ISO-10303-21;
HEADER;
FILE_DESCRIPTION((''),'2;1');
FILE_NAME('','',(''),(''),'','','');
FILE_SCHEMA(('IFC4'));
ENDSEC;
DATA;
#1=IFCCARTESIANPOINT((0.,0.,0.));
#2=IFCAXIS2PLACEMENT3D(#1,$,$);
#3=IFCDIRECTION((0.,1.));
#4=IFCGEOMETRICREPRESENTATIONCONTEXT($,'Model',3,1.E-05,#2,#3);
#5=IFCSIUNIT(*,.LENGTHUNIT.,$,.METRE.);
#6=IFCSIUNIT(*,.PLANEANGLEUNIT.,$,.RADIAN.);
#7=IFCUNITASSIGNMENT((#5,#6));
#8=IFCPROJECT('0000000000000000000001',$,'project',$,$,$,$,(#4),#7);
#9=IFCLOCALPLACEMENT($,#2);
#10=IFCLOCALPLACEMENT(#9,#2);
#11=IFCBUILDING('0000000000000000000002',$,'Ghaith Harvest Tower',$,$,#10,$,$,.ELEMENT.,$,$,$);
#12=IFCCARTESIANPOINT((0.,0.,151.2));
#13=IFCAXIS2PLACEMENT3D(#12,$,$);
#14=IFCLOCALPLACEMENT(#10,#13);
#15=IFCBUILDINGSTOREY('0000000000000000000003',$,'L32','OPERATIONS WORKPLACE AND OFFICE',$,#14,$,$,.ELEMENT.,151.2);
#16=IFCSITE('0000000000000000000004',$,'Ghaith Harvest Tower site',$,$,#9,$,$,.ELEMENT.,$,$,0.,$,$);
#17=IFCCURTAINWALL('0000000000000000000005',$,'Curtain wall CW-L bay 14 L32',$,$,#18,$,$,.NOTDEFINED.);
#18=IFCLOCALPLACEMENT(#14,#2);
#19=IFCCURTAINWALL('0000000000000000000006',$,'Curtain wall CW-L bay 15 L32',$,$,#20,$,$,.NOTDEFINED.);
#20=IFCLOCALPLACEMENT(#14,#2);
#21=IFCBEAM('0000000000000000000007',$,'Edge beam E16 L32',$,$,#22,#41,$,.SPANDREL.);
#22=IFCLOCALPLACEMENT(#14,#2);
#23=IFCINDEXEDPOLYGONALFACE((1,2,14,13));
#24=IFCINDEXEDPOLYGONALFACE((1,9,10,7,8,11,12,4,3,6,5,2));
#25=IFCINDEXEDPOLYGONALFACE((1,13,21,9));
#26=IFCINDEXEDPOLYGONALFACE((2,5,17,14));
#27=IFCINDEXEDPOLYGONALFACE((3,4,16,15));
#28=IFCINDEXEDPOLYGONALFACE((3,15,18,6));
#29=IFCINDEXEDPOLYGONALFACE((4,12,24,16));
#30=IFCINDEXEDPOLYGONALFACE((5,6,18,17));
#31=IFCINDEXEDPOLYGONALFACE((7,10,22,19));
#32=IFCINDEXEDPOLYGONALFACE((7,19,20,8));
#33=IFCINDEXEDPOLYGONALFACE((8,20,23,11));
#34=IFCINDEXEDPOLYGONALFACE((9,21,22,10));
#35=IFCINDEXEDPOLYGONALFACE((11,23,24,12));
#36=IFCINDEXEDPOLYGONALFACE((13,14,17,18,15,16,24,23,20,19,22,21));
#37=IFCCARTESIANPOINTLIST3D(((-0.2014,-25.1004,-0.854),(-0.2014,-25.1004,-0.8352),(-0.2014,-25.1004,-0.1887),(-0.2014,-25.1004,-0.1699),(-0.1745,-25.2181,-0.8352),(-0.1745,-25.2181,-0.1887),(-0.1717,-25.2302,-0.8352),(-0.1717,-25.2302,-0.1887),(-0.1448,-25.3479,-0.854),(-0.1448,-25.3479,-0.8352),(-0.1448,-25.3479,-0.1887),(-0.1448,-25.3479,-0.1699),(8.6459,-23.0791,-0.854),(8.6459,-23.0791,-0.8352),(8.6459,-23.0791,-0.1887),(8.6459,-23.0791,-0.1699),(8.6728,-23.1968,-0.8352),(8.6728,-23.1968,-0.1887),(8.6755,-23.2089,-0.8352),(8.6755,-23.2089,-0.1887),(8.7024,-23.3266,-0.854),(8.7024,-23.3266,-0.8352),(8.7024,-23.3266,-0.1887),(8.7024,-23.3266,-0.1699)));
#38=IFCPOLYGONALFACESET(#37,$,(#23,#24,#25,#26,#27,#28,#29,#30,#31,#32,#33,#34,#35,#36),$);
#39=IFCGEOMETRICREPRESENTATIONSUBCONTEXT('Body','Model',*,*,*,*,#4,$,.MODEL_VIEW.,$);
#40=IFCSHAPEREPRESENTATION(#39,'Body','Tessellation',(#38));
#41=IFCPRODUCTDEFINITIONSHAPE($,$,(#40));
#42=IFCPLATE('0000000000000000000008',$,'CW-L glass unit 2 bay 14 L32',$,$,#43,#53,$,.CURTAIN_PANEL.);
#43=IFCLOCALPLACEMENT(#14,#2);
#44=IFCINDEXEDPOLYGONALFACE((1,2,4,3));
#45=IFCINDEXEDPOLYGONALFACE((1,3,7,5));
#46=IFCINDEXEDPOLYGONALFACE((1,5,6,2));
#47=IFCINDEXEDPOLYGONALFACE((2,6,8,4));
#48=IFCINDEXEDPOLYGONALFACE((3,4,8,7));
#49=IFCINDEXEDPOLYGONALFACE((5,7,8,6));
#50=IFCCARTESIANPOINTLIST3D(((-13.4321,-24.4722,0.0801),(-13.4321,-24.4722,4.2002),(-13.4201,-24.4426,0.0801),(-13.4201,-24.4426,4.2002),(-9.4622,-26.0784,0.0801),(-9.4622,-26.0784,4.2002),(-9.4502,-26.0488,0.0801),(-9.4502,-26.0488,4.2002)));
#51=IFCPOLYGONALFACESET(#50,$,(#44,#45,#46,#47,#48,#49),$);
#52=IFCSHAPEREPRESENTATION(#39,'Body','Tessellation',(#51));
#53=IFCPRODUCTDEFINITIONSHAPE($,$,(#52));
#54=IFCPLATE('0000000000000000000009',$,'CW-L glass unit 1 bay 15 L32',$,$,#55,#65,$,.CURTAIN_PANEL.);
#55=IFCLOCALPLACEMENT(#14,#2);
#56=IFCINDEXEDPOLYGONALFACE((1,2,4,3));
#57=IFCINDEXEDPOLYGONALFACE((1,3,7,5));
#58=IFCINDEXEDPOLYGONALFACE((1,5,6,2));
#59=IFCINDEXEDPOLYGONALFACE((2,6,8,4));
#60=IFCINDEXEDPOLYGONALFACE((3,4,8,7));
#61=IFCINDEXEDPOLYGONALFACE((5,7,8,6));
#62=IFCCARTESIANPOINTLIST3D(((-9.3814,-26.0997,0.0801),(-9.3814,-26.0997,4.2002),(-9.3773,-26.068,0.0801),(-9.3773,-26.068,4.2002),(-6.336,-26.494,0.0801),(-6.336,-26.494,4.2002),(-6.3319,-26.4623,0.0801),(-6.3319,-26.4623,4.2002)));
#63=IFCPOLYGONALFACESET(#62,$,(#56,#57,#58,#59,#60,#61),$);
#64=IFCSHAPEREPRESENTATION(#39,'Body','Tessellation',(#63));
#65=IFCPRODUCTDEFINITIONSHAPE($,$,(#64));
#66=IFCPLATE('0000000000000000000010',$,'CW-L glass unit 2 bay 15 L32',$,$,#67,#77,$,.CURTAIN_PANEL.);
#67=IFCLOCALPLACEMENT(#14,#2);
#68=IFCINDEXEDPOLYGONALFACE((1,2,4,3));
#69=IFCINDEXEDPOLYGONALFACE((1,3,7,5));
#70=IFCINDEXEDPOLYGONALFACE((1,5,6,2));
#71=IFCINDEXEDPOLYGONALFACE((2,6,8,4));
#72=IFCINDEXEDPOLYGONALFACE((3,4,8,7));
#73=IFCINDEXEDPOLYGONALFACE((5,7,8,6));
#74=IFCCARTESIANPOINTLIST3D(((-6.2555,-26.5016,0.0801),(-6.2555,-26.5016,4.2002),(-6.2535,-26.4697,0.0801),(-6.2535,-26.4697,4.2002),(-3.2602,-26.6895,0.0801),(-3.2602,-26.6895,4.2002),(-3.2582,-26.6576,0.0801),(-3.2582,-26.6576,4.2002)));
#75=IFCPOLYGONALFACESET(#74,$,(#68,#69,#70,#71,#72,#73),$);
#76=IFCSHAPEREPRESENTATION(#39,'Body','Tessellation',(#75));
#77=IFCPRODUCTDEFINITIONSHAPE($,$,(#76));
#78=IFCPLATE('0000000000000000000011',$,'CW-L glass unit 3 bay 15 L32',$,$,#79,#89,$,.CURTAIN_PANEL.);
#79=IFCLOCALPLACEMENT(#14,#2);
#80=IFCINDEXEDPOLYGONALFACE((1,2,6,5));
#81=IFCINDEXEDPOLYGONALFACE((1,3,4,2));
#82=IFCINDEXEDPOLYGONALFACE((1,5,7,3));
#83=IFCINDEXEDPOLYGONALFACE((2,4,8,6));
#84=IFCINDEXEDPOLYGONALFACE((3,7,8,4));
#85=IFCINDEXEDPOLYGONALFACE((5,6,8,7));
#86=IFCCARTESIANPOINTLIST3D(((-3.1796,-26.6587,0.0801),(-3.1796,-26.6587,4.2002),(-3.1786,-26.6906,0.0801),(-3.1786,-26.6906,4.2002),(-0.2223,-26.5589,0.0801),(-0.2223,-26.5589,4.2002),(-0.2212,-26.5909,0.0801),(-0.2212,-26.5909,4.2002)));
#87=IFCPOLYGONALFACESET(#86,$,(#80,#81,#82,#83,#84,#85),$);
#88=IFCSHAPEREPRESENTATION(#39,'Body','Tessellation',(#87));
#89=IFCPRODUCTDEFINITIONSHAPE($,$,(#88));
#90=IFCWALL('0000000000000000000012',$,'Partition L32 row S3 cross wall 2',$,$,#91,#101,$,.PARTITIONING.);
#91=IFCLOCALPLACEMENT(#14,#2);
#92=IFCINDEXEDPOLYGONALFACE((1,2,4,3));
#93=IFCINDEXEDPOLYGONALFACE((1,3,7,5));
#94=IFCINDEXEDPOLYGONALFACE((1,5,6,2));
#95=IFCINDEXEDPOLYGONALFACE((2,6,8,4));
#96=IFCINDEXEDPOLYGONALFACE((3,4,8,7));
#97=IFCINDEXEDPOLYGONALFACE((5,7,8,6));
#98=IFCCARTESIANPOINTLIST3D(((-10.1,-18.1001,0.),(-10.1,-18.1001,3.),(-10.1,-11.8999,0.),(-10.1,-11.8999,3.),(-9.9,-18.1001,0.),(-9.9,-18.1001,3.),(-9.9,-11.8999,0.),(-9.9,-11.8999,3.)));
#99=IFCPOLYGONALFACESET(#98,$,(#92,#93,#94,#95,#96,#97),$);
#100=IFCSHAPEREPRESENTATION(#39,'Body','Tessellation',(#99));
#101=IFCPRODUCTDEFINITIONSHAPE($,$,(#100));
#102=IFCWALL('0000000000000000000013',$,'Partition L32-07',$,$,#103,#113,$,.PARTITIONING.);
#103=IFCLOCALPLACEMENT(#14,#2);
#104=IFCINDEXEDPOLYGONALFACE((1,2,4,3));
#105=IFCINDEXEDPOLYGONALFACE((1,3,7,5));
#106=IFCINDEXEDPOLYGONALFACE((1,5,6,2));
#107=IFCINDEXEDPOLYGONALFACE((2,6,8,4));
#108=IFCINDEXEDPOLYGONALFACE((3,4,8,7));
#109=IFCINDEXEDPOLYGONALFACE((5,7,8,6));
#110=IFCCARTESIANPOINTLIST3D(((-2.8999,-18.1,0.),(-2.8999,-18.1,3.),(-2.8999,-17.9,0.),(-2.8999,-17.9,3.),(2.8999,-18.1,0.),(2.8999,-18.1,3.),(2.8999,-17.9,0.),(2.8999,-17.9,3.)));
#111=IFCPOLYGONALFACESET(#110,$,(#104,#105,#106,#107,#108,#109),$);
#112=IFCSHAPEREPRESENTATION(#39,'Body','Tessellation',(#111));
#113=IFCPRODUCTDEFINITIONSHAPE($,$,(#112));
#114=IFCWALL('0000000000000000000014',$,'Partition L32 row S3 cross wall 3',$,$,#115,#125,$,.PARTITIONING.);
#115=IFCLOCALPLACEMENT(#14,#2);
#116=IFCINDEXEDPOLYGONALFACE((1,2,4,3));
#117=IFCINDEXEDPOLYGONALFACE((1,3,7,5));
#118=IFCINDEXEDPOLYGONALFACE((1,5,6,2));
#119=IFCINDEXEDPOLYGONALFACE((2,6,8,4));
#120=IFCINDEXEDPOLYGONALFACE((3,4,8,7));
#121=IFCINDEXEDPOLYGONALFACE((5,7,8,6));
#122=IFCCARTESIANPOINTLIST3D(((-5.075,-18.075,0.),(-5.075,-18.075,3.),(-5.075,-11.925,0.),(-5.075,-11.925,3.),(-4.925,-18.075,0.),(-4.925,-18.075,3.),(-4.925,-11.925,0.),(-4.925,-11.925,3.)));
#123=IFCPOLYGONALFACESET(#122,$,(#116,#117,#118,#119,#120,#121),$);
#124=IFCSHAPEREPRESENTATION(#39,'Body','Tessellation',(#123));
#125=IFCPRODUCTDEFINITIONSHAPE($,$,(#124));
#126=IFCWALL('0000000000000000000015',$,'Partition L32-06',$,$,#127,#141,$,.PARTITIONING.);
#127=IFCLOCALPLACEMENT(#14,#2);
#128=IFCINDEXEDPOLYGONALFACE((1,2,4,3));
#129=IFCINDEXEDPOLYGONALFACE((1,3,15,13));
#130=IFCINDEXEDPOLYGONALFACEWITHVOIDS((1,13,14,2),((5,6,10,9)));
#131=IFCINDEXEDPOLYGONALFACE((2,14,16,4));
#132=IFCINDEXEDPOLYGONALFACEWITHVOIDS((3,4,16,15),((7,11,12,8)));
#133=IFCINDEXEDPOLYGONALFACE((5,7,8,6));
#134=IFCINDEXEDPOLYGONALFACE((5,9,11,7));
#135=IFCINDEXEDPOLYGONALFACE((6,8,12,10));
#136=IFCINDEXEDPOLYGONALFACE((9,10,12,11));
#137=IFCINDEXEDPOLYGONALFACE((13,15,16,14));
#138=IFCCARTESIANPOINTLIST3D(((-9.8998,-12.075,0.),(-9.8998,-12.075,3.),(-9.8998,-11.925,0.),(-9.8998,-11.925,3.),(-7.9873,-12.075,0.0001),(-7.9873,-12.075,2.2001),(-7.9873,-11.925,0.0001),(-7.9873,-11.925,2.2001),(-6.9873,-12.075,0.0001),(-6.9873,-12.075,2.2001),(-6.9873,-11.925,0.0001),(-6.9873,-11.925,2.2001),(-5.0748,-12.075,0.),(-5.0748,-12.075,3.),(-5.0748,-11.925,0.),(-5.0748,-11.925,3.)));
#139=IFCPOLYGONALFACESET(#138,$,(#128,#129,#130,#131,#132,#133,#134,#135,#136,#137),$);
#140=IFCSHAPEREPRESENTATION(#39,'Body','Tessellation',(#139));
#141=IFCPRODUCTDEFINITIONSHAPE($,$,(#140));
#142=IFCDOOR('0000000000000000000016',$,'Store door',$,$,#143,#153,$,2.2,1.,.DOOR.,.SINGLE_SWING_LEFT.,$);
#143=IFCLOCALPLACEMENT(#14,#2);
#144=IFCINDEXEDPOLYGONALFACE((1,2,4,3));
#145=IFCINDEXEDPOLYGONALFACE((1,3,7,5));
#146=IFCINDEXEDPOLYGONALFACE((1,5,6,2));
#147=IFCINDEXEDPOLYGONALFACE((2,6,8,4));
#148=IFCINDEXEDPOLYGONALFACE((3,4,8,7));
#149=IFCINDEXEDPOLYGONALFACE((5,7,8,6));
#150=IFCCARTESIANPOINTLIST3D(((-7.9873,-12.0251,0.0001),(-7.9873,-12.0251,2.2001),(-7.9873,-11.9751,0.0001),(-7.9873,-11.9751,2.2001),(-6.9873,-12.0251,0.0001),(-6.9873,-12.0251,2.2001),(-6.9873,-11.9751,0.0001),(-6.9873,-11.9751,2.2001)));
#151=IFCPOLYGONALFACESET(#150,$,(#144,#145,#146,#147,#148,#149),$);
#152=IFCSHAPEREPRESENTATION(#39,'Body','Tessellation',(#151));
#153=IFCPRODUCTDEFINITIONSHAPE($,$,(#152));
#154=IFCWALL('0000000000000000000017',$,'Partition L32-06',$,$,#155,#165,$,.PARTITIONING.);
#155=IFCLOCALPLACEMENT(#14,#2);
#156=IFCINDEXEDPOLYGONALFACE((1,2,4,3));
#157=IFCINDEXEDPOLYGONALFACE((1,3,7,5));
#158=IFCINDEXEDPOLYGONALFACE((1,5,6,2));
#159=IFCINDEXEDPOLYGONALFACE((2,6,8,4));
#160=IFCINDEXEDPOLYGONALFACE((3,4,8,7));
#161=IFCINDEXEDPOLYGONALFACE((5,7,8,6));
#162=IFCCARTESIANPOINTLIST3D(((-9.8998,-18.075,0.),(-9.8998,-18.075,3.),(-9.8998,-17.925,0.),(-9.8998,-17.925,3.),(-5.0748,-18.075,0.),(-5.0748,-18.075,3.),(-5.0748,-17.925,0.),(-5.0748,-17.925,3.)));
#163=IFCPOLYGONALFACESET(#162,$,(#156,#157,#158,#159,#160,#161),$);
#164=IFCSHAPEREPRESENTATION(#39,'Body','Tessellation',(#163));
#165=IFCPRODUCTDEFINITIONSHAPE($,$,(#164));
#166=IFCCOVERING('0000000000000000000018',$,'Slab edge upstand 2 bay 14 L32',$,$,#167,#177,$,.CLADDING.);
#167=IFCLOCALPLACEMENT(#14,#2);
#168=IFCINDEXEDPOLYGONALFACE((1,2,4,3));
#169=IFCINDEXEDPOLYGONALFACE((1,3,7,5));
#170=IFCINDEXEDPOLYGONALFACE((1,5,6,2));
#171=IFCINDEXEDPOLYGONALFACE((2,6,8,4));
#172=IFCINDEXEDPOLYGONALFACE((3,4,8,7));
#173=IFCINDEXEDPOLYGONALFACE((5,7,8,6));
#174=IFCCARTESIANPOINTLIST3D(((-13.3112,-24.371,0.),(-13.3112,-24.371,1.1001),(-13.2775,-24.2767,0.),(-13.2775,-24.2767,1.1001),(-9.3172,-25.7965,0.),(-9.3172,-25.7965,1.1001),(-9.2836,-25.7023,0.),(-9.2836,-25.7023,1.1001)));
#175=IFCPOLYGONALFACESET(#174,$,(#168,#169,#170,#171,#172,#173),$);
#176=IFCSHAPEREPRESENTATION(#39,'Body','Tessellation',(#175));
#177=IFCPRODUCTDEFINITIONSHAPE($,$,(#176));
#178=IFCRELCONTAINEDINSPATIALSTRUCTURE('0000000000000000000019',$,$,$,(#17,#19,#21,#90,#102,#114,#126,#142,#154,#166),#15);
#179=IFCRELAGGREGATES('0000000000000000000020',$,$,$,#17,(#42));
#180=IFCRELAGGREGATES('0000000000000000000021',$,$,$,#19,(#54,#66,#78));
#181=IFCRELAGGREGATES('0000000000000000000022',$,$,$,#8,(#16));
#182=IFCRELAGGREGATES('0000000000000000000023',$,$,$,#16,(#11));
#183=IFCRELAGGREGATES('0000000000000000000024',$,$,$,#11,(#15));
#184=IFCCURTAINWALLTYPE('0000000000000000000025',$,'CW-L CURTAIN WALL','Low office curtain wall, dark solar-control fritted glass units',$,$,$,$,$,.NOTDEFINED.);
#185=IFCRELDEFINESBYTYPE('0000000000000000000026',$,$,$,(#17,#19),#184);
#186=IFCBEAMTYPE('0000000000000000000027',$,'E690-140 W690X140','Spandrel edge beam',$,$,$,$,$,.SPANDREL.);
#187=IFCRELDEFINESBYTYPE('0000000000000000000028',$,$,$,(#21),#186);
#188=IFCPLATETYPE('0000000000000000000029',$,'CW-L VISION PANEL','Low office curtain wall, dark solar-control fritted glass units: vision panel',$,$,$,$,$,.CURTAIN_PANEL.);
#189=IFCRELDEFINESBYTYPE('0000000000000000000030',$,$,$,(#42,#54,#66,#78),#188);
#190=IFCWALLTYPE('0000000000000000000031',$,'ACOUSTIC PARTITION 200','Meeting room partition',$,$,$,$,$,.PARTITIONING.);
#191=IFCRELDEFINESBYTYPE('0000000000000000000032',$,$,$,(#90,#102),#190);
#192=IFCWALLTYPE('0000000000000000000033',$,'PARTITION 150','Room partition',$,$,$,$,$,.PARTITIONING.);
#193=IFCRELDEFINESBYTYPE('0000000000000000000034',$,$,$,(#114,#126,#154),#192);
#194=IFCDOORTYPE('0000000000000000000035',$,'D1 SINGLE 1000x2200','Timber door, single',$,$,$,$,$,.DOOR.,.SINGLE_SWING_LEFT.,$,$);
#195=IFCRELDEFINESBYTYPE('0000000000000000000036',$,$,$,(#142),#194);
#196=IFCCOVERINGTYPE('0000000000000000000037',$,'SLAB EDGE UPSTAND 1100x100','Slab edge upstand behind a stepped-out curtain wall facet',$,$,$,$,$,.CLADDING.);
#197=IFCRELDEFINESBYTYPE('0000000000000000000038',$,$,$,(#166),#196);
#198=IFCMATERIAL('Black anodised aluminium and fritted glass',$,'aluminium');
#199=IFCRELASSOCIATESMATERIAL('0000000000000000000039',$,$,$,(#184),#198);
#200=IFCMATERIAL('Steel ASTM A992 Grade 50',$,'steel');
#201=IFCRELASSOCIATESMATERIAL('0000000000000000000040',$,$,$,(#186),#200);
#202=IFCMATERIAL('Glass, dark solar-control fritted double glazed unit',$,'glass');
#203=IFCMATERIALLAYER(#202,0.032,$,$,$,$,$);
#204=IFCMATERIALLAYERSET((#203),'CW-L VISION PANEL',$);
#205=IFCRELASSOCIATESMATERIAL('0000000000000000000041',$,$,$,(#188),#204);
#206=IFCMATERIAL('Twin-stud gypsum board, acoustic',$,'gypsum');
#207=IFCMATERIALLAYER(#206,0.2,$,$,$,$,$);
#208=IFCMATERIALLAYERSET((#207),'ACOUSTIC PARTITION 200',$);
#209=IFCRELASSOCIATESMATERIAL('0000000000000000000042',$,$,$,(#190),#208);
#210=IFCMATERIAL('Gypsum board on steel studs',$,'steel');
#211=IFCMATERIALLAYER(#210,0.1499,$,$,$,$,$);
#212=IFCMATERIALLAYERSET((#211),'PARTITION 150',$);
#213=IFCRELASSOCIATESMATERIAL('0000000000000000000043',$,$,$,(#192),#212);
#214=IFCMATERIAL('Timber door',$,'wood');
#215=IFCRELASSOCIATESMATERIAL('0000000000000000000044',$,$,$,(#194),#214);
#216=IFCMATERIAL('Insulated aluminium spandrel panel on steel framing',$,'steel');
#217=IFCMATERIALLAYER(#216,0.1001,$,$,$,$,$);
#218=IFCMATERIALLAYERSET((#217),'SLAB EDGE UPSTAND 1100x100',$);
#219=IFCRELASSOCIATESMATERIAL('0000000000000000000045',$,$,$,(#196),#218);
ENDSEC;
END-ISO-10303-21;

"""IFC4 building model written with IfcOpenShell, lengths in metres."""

from ifc_helpers import new_model, si_unit, direction, frame, frame_2d, origin, origin_2d, place, context, subcontext, project, spatial, rectangle, i_section, extrude, material, layer, layer_set, material_profile, profile_set, type_object, element, fill, aggregate, save


model = new_model("IFC4")

# Units and contexts
model_context = context("Model", 3, precision=1e-05, world=origin(), true_north=direction((0.0, 1.0)))
body_context = subcontext(model_context, "Body", "Model", "MODEL_VIEW")
ifc_project = project(units=[si_unit("LENGTHUNIT", "METRE"), si_unit("PLANEANGLEUNIT", "RADIAN")], contexts=[model_context])

# Site, building, storey
site_placement = place(None, origin())
site = spatial("IfcSite", under=ifc_project, at=site_placement, Name="Ghaith Harvest Tower site", CompositionType="ELEMENT", RefElevation=0.0)
building_placement = place(site_placement, origin())
building = spatial("IfcBuilding", under=site, at=building_placement, Name="Ghaith Harvest Tower", CompositionType="ELEMENT")
storey_placement = place(building_placement, frame((0.0, 0.0, 151.2)))
storey = spatial("IfcBuildingStorey", under=building, at=storey_placement, Name="L32", Description="OPERATIONS WORKPLACE AND OFFICE", CompositionType="ELEMENT", Elevation=151.2)

# Curtain wall
ifc_material_1 = material(Name="Black anodised aluminium and fritted glass", Category="aluminium")
curtain_wall_type = type_object("IfcCurtainWallType", Name="CW-L CURTAIN WALL", Description="Low office curtain wall, dark solar-control fritted glass units", PredefinedType="NOTDEFINED", material=ifc_material_1)
curtain_wall_1_placement = place(storey_placement, origin())
curtain_wall_1 = element("IfcCurtainWall", 1, at=curtain_wall_1_placement, inside=storey, type_object=curtain_wall_type, Name="Curtain wall CW-L bay 14 L32", PredefinedType="NOTDEFINED")

# Curtain wall
curtain_wall_2_placement = place(storey_placement, origin())
curtain_wall_2 = element("IfcCurtainWall", 2, at=curtain_wall_2_placement, inside=storey, type_object=curtain_wall_type, Name="Curtain wall CW-L bay 15 L32", PredefinedType="NOTDEFINED")

# Beam
ifc_material_2 = material(Name="Steel ASTM A992 Grade 50", Category="steel")
ifc_material_profile_1 = material_profile(ifc_material_2, i_section(OverallWidth=0.2539, OverallDepth=0.6841, WebThickness=0.0125, FlangeThickness=0.0188, at=origin_2d()), Name="W690X140")
ifc_profile_set_1 = profile_set([ifc_material_profile_1], Name="Steel ASTM A992 Grade 50")
beam_type = type_object("IfcBeamType", Name="E690-140 W690X140", Description="Spandrel edge beam", PredefinedType="SPANDREL", material=ifc_profile_set_1)
beam_1_placement = place(storey_placement, frame((-0.1731, -25.2241, -0.512), z_axis=(0.974882, 0.222723, 0.0), x_axis=(-0.222723, 0.974882, 0.0)))
element("IfcBeam", 3, at=beam_1_placement, inside=storey, type_object=beam_type, Name="Edge beam E16 L32", PredefinedType="SPANDREL", context=body_context, shape_type="SweptSolid", body=[
    extrude(i_section(OverallWidth=0.2539, OverallDepth=0.6841, WebThickness=0.0125, FlangeThickness=0.0188, at=origin_2d()), origin(), (0.0, 0.0, 1.0), 9.0752),
])

# Plates
ifc_material_3 = material(Name="Glass, dark solar-control fritted double glazed unit", Category="glass")
ifc_layer_1 = layer(ifc_material_3, 0.032)
ifc_layer_set_1 = layer_set([ifc_layer_1], Name="CW-L VISION PANEL")
plate_type = type_object("IfcPlateType", Name="CW-L VISION PANEL", Description="Low office curtain wall, dark solar-control fritted glass units: vision panel", PredefinedType="CURTAIN_PANEL", material=ifc_layer_set_1)
plate_1_placement = place(storey_placement, frame((-11.4412, -25.2605, 0.0801), z_axis=(0.0, 0.0, 1.0), x_axis=(0.927003, -0.375055, 0.0)))
plate_1 = element("IfcPlate", 4, at=plate_1_placement, type_object=plate_type, Name="CW-L glass unit 2 bay 14 L32", PredefinedType="CURTAIN_PANEL", context=body_context, shape_type="SweptSolid", body=[
    extrude(rectangle(XDim=4.2825, YDim=0.032, at=origin_2d()), origin(), (0.0, 0.0, 1.0), 4.1201),
])
aggregate(curtain_wall_1, [plate_1])
plate_2_placement = place(storey_placement, frame((-7.8567, -26.281, 0.0801), z_axis=(0.0, 0.0, 1.0), x_axis=(0.991723, -0.128392, 0.0)))
plate_2 = element("IfcPlate", 5, at=plate_2_placement, type_object=plate_type, Name="CW-L glass unit 1 bay 15 L32", PredefinedType="CURTAIN_PANEL", context=body_context, shape_type="SweptSolid", body=[
    extrude(rectangle(XDim=3.0708, YDim=0.032, at=origin_2d()), origin(), (0.0, 0.0, 1.0), 4.1201),
])
plate_3_placement = place(storey_placement, frame((-4.7568, -26.5796, 0.0801), z_axis=(0.0, 0.0, 1.0), x_axis=(0.998038, -0.062607, 0.0)))
plate_3 = element("IfcPlate", 6, at=plate_3_placement, type_object=plate_type, Name="CW-L glass unit 2 bay 15 L32", PredefinedType="CURTAIN_PANEL", context=body_context, shape_type="SweptSolid", body=[
    extrude(rectangle(XDim=3.0012, YDim=0.032, at=origin_2d()), origin(), (0.0, 0.0, 1.0), 4.1201),
])
plate_4_placement = place(storey_placement, frame((-1.7004, -26.6248, 0.0801), z_axis=(0.0, 0.0, 1.0), x_axis=(0.999432, 0.033714, 0.0)))
plate_4 = element("IfcPlate", 7, at=plate_4_placement, type_object=plate_type, Name="CW-L glass unit 3 bay 15 L32", PredefinedType="CURTAIN_PANEL", context=body_context, shape_type="SweptSolid", body=[
    extrude(rectangle(XDim=2.959, YDim=0.032, at=origin_2d()), origin(), (0.0, 0.0, 1.0), 4.1201),
])
aggregate(curtain_wall_2, [plate_2, plate_3, plate_4])

# Wall
ifc_material_4 = material(Name="Twin-stud gypsum board, acoustic", Category="gypsum")
ifc_layer_2 = layer(ifc_material_4, 0.2)
ifc_layer_set_2 = layer_set([ifc_layer_2], Name="ACOUSTIC PARTITION 200")
wall_type_1 = type_object("IfcWallType", Name="ACOUSTIC PARTITION 200", Description="Meeting room partition", PredefinedType="PARTITIONING", material=ifc_layer_set_2)
wall_1_placement = place(storey_placement, frame((-10.0, -11.8999, 0.0), z_axis=(0.0, 0.0, 1.0), x_axis=(0.0, -1.0, 0.0)))
element("IfcWall", 8, at=wall_1_placement, inside=storey, type_object=wall_type_1, Name="Partition L32 row S3 cross wall 2", PredefinedType="PARTITIONING", context=body_context, shape_type="SweptSolid", body=[
    extrude(rectangle(XDim=6.2002, YDim=0.2, at=frame_2d((3.1001, 0.0))), origin(), (0.0, 0.0, 1.0), 3.0),
])

# Walls
wall_2_placement = place(storey_placement, frame((-2.8999, -18.0, 0.0), z_axis=(0.0, 0.0, 1.0), x_axis=(1.0, 0.0, 0.0)))
element("IfcWall", 9, at=wall_2_placement, inside=storey, type_object=wall_type_1, Name="Partition L32-07", PredefinedType="PARTITIONING", context=body_context, shape_type="SweptSolid", body=[
    extrude(rectangle(XDim=5.7998, YDim=0.2, at=frame_2d((2.8999, 0.0))), origin(), (0.0, 0.0, 1.0), 3.0),
])
ifc_material_5 = material(Name="Gypsum board on steel studs", Category="steel")
ifc_layer_3 = layer(ifc_material_5, 0.1499)
ifc_layer_set_3 = layer_set([ifc_layer_3], Name="PARTITION 150")
wall_type_2 = type_object("IfcWallType", Name="PARTITION 150", Description="Room partition", PredefinedType="PARTITIONING", material=ifc_layer_set_3)
wall_3_placement = place(storey_placement, frame((-5.0, -11.925, 0.0), z_axis=(0.0, 0.0, 1.0), x_axis=(0.0, -1.0, 0.0)))
element("IfcWall", 10, at=wall_3_placement, inside=storey, type_object=wall_type_2, Name="Partition L32 row S3 cross wall 3", PredefinedType="PARTITIONING", context=body_context, shape_type="SweptSolid", body=[
    extrude(rectangle(XDim=6.1499, YDim=0.1499, at=frame_2d((3.075, 0.0))), origin(), (0.0, 0.0, 1.0), 3.0),
])

# Wall, opening, door
wall_4_placement = place(storey_placement, frame((-9.8999, -12.0, 0.0), z_axis=(0.0, 0.0, 1.0), x_axis=(1.0, 0.0, 0.0)))
wall_4 = element("IfcWall", 11, at=wall_4_placement, inside=storey, type_object=wall_type_2, Name="Partition L32-06", PredefinedType="PARTITIONING", context=body_context, shape_type="SweptSolid", body=[
    extrude(rectangle(XDim=4.825, YDim=0.1499, at=frame_2d((2.4126, 0.0))), origin(), (0.0, 0.0, 1.0), 3.0),
])
opening_1_placement = place(wall_4_placement, frame((1.9126, 0.0, 0.0)))
opening_1 = element("IfcOpeningElement", 12, at=opening_1_placement, cuts=wall_4, PredefinedType="OPENING", context=body_context, shape_type="SweptSolid", body=[
    extrude(rectangle(XDim=1.0, YDim=2.2, at=frame_2d((0.5, 1.1001))), frame((0.0, 0.085, 0.0), z_axis=(0.0, -1.0, 0.0), x_axis=(1.0, 0.0, 0.0)), (0.0, 0.0, 1.0), 0.1699),
])
ifc_material_6 = material(Name="Timber door", Category="wood")
door_type_1 = type_object("IfcDoorType", Name="D1 SINGLE 1000x2200", Description="Timber door, single", OperationType="SINGLE_SWING_LEFT", PredefinedType="DOOR", material=ifc_material_6)
door_1_placement = place(opening_1_placement, origin())
door_1 = element("IfcDoor", 13, at=door_1_placement, inside=storey, type_object=door_type_1, Name="Store door", OperationType="SINGLE_SWING_LEFT", OverallHeight=2.2, OverallWidth=1.0, PredefinedType="DOOR", context=body_context, shape_type="SweptSolid", body=[
    extrude(rectangle(XDim=1.0, YDim=2.2, at=frame_2d((0.5, 1.1001))), frame((0.0, 0.0249, 0.0), z_axis=(0.0, -1.0, 0.0), x_axis=(1.0, 0.0, 0.0)), (0.0, 0.0, 1.0), 0.05),
])
fill(opening_1, door_1)

# Wall
wall_5_placement = place(storey_placement, frame((-9.8999, -18.0, 0.0), z_axis=(0.0, 0.0, 1.0), x_axis=(1.0, 0.0, 0.0)))
element("IfcWall", 14, at=wall_5_placement, inside=storey, type_object=wall_type_2, Name="Partition L32-06", PredefinedType="PARTITIONING", context=body_context, shape_type="SweptSolid", body=[
    extrude(rectangle(XDim=4.825, YDim=0.1499, at=frame_2d((2.4126, 0.0))), origin(), (0.0, 0.0, 1.0), 3.0),
])

# Covering
ifc_material_7 = material(Name="Insulated aluminium spandrel panel on steel framing", Category="steel")
ifc_layer_4 = layer(ifc_material_7, 0.1001)
ifc_layer_set_4 = layer_set([ifc_layer_4], Name="SLAB EDGE UPSTAND 1100x100")
covering_type = type_object("IfcCoveringType", Name="SLAB EDGE UPSTAND 1100x100", Description="Slab edge upstand behind a stepped-out curtain wall facet", PredefinedType="CLADDING", material=ifc_layer_set_4)
covering_1_placement = place(storey_placement, frame((-11.2974, -25.0366, 0.0), z_axis=(0.0, 0.0, 1.0), x_axis=(0.941807, -0.336154, 0.0)))
element("IfcCovering", 15, at=covering_1_placement, inside=storey, type_object=covering_type, Name="Slab edge upstand 2 bay 14 L32", PredefinedType="CLADDING", context=body_context, shape_type="SweptSolid", body=[
    extrude(rectangle(XDim=4.2407, YDim=0.1001, at=origin_2d()), origin(), (0.0, 0.0, 1.0), 1.1001),
])

save(model, "model.ifc")
